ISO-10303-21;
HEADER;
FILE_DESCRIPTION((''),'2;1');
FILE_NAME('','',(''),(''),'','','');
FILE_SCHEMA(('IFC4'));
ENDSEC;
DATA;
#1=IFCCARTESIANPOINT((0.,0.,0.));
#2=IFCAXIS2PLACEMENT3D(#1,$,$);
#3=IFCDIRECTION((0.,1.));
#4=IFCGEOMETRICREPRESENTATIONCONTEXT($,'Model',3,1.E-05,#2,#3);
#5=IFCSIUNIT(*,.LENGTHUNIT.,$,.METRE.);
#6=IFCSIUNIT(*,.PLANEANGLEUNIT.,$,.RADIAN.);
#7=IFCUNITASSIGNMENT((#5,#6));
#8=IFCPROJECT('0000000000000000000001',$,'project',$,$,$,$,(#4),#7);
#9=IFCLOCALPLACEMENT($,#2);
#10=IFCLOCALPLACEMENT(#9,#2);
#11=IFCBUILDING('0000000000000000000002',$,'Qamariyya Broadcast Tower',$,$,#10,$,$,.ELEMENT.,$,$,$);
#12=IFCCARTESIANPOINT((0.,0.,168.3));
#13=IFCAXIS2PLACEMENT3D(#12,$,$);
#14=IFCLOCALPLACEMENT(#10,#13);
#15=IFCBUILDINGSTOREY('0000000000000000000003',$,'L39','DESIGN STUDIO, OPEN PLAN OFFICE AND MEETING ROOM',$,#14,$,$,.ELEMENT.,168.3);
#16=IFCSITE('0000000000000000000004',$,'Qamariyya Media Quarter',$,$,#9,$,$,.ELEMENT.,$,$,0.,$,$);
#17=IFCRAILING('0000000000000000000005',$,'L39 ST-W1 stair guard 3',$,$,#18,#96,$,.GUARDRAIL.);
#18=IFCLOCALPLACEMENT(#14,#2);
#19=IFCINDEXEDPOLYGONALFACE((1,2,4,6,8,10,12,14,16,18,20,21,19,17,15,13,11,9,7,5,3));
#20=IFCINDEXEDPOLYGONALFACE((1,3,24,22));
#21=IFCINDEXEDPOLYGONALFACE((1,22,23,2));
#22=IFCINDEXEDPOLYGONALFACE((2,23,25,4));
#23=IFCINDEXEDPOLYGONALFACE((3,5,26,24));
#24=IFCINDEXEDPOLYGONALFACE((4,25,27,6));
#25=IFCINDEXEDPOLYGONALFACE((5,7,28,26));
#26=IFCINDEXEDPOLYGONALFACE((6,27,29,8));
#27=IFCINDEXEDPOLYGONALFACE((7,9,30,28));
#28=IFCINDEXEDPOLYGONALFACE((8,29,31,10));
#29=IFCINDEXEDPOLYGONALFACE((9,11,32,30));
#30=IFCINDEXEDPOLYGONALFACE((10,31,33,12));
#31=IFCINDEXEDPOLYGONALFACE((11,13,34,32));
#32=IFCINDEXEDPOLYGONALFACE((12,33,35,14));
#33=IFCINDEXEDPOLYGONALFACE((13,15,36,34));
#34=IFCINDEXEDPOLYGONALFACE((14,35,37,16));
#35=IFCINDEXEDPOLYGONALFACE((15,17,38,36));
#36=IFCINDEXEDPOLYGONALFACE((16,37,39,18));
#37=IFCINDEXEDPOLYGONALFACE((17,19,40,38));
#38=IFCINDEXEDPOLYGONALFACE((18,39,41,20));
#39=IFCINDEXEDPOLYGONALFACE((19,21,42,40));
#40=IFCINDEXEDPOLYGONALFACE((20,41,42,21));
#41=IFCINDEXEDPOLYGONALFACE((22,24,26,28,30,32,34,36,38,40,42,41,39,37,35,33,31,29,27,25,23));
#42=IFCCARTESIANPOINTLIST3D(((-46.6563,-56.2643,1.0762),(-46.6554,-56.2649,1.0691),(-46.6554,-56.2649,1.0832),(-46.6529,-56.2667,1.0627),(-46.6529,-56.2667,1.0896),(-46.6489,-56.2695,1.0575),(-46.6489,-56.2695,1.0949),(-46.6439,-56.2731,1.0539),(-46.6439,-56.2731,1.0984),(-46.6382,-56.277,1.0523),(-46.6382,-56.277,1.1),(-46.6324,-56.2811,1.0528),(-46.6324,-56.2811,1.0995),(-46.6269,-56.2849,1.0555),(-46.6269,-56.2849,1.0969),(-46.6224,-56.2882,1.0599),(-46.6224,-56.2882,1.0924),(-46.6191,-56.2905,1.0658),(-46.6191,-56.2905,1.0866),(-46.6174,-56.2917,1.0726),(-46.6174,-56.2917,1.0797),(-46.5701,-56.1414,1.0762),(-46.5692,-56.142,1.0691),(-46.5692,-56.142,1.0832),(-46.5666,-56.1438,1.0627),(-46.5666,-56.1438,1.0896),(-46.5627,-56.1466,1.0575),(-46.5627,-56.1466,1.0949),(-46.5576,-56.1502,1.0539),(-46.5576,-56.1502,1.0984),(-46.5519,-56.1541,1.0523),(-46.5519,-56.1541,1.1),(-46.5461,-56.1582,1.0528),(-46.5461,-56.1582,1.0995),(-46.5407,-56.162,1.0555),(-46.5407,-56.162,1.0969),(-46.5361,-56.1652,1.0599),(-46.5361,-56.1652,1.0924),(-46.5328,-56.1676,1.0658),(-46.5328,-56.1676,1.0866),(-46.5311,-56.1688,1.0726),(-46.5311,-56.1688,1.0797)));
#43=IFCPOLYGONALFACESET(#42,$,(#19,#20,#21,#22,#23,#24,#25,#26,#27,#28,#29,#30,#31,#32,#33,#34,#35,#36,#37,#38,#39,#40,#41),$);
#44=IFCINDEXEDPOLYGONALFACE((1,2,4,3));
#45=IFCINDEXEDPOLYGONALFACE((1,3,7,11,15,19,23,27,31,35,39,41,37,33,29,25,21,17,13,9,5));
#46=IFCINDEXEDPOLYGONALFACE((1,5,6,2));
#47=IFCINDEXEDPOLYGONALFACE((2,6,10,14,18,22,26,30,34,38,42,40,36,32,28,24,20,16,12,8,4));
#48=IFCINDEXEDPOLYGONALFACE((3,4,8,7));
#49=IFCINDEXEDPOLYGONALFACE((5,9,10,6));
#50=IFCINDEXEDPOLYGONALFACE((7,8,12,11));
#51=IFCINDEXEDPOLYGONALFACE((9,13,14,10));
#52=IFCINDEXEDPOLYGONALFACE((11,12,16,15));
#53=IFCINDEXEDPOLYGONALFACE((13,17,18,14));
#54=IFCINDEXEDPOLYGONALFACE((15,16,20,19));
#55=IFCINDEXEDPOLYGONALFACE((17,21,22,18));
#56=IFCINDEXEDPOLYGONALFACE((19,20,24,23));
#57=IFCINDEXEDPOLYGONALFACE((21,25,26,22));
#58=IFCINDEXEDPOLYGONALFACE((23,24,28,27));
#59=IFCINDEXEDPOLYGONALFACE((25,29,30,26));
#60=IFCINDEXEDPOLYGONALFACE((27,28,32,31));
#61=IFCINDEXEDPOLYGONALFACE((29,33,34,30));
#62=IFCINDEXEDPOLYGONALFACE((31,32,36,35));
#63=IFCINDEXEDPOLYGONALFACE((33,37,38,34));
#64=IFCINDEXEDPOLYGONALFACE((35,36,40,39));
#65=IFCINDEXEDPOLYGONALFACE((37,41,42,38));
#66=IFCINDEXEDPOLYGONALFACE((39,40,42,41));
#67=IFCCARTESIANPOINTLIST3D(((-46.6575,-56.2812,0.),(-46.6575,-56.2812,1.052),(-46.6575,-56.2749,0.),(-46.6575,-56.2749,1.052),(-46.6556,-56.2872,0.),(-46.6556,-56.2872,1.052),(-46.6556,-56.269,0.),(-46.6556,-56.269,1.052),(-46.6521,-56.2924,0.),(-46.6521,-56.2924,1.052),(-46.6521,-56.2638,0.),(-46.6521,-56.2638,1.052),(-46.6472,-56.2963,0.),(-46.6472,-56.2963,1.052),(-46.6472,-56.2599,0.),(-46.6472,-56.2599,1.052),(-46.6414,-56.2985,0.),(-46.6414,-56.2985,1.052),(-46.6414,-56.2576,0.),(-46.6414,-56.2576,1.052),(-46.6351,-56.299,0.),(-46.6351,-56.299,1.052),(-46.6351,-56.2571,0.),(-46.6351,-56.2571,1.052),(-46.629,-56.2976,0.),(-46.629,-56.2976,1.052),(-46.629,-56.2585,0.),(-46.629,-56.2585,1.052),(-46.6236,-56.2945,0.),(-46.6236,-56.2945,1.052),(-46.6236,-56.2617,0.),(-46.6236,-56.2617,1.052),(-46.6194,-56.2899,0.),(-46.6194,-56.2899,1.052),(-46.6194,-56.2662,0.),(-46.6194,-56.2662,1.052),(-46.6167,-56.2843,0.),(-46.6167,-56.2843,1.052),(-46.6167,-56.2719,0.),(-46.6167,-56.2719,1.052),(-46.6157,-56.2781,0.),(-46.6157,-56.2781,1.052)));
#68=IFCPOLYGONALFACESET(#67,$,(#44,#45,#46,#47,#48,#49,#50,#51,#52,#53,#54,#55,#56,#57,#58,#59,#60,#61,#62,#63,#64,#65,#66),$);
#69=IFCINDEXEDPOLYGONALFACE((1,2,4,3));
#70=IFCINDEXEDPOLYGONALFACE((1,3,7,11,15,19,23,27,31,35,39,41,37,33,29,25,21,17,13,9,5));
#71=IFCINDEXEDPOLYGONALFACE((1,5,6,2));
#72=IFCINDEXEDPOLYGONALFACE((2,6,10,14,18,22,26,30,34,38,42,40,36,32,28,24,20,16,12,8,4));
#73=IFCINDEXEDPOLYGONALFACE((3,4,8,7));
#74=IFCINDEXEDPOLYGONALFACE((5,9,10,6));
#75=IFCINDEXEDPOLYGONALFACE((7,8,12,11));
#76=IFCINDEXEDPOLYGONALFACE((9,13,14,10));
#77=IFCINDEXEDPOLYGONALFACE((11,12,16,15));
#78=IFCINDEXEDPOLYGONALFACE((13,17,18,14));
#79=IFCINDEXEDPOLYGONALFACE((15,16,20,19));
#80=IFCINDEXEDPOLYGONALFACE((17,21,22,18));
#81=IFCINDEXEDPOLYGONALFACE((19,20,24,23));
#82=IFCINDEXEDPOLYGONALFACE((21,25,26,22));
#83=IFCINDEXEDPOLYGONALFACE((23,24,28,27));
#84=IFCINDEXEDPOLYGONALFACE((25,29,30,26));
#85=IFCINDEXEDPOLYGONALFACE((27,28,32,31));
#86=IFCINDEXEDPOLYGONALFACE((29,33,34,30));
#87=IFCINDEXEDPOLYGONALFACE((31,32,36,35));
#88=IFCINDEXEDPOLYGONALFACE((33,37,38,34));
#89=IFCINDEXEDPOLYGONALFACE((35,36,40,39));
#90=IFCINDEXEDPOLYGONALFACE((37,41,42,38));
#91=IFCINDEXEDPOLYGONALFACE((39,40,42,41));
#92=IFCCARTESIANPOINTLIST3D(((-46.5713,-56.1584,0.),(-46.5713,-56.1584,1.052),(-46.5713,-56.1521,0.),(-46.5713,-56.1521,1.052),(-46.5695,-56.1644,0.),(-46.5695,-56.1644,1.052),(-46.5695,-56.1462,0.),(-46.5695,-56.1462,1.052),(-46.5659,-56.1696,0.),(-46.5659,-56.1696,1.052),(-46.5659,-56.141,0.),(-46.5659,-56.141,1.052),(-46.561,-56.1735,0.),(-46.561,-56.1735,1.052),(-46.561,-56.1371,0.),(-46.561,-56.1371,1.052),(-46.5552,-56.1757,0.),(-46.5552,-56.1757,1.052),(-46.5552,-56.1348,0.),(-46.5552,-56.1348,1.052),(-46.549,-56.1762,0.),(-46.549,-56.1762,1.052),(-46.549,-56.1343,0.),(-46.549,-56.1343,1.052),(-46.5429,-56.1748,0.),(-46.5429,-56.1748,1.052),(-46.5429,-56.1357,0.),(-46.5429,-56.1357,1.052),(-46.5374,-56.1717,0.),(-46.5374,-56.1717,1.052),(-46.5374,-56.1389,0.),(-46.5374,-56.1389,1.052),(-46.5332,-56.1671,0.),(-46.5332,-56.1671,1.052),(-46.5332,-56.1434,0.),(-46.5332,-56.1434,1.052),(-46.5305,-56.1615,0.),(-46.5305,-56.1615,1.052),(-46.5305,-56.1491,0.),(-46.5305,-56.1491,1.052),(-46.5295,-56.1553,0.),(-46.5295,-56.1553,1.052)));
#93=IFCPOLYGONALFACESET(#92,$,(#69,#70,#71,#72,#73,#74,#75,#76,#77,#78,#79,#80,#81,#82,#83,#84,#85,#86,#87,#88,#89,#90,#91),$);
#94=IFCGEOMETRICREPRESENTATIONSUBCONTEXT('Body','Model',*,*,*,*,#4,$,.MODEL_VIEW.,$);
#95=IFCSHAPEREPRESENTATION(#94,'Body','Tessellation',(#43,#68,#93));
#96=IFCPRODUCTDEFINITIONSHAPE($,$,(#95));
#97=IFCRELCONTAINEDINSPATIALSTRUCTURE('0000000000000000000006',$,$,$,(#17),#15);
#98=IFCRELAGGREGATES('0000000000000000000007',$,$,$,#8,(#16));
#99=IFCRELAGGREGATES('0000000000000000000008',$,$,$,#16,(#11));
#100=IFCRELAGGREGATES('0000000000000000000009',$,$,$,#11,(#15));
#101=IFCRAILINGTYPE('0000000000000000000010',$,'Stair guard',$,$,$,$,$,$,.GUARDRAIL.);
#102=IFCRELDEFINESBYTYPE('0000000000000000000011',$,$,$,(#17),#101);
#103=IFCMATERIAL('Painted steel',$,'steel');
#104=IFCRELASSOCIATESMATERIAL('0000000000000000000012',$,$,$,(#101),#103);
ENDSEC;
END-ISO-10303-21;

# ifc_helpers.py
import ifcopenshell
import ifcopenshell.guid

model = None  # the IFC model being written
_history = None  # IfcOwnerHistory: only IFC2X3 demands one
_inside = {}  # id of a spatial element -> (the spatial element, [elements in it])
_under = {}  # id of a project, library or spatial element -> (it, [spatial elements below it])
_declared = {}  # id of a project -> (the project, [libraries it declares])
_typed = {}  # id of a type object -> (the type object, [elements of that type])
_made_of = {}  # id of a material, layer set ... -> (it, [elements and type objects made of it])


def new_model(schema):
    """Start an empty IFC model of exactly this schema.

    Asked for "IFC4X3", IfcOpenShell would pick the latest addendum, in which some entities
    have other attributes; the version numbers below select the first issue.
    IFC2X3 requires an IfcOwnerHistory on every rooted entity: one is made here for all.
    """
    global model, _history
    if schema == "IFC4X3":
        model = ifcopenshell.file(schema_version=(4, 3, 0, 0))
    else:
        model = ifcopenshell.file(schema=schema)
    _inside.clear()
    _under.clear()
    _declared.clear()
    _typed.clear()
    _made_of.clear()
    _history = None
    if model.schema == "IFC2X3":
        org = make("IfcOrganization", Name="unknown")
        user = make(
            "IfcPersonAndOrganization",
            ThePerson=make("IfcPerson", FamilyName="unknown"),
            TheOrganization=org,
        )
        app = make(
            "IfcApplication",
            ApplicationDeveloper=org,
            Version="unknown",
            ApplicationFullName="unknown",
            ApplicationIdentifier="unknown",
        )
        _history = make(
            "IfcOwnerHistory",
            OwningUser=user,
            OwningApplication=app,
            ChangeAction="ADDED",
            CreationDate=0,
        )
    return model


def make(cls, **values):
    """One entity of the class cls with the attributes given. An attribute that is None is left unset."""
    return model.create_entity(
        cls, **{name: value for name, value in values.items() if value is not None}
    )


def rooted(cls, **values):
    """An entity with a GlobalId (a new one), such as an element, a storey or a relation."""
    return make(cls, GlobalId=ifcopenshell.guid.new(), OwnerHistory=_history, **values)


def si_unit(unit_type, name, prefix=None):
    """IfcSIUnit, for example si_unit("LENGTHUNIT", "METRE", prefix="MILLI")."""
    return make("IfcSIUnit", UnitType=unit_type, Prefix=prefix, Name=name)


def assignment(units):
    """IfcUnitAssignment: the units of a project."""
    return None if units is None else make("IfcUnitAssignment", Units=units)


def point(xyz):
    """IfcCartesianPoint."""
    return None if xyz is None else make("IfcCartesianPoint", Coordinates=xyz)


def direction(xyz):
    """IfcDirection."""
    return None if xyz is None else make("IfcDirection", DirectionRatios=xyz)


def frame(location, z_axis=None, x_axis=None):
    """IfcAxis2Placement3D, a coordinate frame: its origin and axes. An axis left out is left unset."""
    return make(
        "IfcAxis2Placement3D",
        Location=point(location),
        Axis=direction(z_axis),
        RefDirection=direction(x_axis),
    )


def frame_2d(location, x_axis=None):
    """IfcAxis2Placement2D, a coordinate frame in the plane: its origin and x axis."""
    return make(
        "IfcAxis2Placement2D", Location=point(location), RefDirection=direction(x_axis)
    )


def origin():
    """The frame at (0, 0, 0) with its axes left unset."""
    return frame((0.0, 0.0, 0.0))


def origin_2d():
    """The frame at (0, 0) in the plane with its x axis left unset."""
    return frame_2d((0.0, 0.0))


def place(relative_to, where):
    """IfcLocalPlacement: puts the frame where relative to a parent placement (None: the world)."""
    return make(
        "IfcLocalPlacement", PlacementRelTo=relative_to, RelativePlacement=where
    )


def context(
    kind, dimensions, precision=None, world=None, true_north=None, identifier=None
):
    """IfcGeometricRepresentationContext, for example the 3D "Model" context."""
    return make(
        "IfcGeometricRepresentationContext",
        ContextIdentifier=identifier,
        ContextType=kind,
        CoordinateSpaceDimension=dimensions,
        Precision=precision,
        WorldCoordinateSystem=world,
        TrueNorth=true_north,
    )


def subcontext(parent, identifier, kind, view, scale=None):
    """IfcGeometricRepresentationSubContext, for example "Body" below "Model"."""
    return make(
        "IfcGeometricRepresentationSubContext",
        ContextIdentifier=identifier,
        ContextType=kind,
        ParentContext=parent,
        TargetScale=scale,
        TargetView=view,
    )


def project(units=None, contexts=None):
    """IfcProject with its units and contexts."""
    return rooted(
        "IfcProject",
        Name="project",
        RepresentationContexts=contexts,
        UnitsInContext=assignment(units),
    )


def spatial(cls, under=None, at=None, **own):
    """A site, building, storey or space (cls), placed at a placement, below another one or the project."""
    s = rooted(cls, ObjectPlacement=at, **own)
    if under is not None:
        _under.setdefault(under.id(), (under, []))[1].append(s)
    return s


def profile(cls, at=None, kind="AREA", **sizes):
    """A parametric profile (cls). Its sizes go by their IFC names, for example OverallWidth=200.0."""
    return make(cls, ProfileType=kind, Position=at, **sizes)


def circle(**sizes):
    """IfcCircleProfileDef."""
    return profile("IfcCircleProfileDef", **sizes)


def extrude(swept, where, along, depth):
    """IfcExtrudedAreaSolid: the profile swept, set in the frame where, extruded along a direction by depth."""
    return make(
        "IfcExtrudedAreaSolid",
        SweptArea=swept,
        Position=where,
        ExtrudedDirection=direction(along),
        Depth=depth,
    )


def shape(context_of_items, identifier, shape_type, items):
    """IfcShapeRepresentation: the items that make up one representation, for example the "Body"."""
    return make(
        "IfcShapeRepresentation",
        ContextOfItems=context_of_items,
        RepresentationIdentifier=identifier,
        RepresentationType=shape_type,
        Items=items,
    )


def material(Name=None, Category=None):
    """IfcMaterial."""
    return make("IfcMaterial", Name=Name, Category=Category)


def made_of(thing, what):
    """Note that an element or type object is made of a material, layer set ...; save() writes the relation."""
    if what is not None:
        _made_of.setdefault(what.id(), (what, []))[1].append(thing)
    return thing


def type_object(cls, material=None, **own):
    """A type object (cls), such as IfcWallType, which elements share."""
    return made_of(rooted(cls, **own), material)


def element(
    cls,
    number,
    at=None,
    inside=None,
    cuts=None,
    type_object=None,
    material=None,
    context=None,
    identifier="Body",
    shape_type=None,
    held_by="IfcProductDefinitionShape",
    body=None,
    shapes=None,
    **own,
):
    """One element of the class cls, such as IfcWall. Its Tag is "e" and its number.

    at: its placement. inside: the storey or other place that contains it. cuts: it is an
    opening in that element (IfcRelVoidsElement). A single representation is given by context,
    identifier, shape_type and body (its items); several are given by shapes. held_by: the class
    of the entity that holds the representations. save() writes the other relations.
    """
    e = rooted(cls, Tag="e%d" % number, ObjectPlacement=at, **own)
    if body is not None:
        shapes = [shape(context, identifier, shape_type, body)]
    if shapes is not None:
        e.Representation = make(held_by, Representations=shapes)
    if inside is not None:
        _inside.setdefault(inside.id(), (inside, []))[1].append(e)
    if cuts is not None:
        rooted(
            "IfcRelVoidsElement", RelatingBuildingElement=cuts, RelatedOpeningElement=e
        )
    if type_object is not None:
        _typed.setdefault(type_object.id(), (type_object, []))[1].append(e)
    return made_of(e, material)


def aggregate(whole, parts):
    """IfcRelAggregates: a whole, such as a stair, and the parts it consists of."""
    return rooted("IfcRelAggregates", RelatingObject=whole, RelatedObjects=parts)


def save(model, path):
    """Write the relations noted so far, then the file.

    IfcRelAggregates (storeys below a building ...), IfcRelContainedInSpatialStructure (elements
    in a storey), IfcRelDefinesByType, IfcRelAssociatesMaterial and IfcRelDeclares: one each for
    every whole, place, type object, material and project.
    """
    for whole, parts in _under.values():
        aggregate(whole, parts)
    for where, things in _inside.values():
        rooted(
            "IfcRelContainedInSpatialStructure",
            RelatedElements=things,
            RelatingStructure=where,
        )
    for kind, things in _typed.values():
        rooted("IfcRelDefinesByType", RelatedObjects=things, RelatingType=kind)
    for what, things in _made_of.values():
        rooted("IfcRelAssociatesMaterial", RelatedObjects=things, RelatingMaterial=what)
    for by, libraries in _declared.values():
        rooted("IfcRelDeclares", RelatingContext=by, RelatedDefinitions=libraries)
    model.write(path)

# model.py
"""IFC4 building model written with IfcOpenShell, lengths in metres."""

from ifc_helpers import new_model, si_unit, direction, frame, origin, origin_2d, place, context, subcontext, project, spatial, circle, extrude, material, type_object, element, save


model = new_model("IFC4")

# Units and contexts
model_context = context("Model", 3, precision=1e-05, world=origin(), true_north=direction((0.0, 1.0)))
body_context = subcontext(model_context, "Body", "Model", "MODEL_VIEW")
ifc_project = project(units=[si_unit("LENGTHUNIT", "METRE"), si_unit("PLANEANGLEUNIT", "RADIAN")], contexts=[model_context])

# Site, building, storey
site_placement = place(None, origin())
site = spatial("IfcSite", under=ifc_project, at=site_placement, Name="Qamariyya Media Quarter", CompositionType="ELEMENT", RefElevation=0.0)
building_placement = place(site_placement, origin())
building = spatial("IfcBuilding", under=site, at=building_placement, Name="Qamariyya Broadcast Tower", CompositionType="ELEMENT")
storey_placement = place(building_placement, frame((0.0, 0.0, 168.3)))
storey = spatial("IfcBuildingStorey", under=building, at=storey_placement, Name="L39", Description="DESIGN STUDIO, OPEN PLAN OFFICE AND MEETING ROOM", CompositionType="ELEMENT", Elevation=168.3)

# Railing
ifc_material_1 = material(Name="Painted steel", Category="steel")
railing_type_1 = type_object("IfcRailingType", Name="Stair guard", PredefinedType="GUARDRAIL", material=ifc_material_1)
railing_1_placement = place(storey_placement, frame((-46.6367, -56.2781, 0.0)))
element("IfcRailing", 1, at=railing_1_placement, inside=storey, type_object=railing_type_1, Name="L39 ST-W1 stair guard 3", PredefinedType="GUARDRAIL", context=body_context, shape_type="SweptSolid", body=[
    extrude(circle(Radius=0.0239, at=origin_2d()), frame((0.0, 0.0, 1.0762), z_axis=(0.574445, 0.818543, 0.0), x_axis=(-0.818543, 0.574445, 0.0)), (0.0, 0.0, 1.0), 0.1501),
    extrude(circle(Radius=0.021, at=origin_2d()), origin(), (0.0, 0.0, 1.0), 1.052),
    extrude(circle(Radius=0.021, at=origin_2d()), frame((0.0862, 0.1228, 0.0)), (0.0, 0.0, 1.0), 1.052),
])

save(model, "model.ifc")
